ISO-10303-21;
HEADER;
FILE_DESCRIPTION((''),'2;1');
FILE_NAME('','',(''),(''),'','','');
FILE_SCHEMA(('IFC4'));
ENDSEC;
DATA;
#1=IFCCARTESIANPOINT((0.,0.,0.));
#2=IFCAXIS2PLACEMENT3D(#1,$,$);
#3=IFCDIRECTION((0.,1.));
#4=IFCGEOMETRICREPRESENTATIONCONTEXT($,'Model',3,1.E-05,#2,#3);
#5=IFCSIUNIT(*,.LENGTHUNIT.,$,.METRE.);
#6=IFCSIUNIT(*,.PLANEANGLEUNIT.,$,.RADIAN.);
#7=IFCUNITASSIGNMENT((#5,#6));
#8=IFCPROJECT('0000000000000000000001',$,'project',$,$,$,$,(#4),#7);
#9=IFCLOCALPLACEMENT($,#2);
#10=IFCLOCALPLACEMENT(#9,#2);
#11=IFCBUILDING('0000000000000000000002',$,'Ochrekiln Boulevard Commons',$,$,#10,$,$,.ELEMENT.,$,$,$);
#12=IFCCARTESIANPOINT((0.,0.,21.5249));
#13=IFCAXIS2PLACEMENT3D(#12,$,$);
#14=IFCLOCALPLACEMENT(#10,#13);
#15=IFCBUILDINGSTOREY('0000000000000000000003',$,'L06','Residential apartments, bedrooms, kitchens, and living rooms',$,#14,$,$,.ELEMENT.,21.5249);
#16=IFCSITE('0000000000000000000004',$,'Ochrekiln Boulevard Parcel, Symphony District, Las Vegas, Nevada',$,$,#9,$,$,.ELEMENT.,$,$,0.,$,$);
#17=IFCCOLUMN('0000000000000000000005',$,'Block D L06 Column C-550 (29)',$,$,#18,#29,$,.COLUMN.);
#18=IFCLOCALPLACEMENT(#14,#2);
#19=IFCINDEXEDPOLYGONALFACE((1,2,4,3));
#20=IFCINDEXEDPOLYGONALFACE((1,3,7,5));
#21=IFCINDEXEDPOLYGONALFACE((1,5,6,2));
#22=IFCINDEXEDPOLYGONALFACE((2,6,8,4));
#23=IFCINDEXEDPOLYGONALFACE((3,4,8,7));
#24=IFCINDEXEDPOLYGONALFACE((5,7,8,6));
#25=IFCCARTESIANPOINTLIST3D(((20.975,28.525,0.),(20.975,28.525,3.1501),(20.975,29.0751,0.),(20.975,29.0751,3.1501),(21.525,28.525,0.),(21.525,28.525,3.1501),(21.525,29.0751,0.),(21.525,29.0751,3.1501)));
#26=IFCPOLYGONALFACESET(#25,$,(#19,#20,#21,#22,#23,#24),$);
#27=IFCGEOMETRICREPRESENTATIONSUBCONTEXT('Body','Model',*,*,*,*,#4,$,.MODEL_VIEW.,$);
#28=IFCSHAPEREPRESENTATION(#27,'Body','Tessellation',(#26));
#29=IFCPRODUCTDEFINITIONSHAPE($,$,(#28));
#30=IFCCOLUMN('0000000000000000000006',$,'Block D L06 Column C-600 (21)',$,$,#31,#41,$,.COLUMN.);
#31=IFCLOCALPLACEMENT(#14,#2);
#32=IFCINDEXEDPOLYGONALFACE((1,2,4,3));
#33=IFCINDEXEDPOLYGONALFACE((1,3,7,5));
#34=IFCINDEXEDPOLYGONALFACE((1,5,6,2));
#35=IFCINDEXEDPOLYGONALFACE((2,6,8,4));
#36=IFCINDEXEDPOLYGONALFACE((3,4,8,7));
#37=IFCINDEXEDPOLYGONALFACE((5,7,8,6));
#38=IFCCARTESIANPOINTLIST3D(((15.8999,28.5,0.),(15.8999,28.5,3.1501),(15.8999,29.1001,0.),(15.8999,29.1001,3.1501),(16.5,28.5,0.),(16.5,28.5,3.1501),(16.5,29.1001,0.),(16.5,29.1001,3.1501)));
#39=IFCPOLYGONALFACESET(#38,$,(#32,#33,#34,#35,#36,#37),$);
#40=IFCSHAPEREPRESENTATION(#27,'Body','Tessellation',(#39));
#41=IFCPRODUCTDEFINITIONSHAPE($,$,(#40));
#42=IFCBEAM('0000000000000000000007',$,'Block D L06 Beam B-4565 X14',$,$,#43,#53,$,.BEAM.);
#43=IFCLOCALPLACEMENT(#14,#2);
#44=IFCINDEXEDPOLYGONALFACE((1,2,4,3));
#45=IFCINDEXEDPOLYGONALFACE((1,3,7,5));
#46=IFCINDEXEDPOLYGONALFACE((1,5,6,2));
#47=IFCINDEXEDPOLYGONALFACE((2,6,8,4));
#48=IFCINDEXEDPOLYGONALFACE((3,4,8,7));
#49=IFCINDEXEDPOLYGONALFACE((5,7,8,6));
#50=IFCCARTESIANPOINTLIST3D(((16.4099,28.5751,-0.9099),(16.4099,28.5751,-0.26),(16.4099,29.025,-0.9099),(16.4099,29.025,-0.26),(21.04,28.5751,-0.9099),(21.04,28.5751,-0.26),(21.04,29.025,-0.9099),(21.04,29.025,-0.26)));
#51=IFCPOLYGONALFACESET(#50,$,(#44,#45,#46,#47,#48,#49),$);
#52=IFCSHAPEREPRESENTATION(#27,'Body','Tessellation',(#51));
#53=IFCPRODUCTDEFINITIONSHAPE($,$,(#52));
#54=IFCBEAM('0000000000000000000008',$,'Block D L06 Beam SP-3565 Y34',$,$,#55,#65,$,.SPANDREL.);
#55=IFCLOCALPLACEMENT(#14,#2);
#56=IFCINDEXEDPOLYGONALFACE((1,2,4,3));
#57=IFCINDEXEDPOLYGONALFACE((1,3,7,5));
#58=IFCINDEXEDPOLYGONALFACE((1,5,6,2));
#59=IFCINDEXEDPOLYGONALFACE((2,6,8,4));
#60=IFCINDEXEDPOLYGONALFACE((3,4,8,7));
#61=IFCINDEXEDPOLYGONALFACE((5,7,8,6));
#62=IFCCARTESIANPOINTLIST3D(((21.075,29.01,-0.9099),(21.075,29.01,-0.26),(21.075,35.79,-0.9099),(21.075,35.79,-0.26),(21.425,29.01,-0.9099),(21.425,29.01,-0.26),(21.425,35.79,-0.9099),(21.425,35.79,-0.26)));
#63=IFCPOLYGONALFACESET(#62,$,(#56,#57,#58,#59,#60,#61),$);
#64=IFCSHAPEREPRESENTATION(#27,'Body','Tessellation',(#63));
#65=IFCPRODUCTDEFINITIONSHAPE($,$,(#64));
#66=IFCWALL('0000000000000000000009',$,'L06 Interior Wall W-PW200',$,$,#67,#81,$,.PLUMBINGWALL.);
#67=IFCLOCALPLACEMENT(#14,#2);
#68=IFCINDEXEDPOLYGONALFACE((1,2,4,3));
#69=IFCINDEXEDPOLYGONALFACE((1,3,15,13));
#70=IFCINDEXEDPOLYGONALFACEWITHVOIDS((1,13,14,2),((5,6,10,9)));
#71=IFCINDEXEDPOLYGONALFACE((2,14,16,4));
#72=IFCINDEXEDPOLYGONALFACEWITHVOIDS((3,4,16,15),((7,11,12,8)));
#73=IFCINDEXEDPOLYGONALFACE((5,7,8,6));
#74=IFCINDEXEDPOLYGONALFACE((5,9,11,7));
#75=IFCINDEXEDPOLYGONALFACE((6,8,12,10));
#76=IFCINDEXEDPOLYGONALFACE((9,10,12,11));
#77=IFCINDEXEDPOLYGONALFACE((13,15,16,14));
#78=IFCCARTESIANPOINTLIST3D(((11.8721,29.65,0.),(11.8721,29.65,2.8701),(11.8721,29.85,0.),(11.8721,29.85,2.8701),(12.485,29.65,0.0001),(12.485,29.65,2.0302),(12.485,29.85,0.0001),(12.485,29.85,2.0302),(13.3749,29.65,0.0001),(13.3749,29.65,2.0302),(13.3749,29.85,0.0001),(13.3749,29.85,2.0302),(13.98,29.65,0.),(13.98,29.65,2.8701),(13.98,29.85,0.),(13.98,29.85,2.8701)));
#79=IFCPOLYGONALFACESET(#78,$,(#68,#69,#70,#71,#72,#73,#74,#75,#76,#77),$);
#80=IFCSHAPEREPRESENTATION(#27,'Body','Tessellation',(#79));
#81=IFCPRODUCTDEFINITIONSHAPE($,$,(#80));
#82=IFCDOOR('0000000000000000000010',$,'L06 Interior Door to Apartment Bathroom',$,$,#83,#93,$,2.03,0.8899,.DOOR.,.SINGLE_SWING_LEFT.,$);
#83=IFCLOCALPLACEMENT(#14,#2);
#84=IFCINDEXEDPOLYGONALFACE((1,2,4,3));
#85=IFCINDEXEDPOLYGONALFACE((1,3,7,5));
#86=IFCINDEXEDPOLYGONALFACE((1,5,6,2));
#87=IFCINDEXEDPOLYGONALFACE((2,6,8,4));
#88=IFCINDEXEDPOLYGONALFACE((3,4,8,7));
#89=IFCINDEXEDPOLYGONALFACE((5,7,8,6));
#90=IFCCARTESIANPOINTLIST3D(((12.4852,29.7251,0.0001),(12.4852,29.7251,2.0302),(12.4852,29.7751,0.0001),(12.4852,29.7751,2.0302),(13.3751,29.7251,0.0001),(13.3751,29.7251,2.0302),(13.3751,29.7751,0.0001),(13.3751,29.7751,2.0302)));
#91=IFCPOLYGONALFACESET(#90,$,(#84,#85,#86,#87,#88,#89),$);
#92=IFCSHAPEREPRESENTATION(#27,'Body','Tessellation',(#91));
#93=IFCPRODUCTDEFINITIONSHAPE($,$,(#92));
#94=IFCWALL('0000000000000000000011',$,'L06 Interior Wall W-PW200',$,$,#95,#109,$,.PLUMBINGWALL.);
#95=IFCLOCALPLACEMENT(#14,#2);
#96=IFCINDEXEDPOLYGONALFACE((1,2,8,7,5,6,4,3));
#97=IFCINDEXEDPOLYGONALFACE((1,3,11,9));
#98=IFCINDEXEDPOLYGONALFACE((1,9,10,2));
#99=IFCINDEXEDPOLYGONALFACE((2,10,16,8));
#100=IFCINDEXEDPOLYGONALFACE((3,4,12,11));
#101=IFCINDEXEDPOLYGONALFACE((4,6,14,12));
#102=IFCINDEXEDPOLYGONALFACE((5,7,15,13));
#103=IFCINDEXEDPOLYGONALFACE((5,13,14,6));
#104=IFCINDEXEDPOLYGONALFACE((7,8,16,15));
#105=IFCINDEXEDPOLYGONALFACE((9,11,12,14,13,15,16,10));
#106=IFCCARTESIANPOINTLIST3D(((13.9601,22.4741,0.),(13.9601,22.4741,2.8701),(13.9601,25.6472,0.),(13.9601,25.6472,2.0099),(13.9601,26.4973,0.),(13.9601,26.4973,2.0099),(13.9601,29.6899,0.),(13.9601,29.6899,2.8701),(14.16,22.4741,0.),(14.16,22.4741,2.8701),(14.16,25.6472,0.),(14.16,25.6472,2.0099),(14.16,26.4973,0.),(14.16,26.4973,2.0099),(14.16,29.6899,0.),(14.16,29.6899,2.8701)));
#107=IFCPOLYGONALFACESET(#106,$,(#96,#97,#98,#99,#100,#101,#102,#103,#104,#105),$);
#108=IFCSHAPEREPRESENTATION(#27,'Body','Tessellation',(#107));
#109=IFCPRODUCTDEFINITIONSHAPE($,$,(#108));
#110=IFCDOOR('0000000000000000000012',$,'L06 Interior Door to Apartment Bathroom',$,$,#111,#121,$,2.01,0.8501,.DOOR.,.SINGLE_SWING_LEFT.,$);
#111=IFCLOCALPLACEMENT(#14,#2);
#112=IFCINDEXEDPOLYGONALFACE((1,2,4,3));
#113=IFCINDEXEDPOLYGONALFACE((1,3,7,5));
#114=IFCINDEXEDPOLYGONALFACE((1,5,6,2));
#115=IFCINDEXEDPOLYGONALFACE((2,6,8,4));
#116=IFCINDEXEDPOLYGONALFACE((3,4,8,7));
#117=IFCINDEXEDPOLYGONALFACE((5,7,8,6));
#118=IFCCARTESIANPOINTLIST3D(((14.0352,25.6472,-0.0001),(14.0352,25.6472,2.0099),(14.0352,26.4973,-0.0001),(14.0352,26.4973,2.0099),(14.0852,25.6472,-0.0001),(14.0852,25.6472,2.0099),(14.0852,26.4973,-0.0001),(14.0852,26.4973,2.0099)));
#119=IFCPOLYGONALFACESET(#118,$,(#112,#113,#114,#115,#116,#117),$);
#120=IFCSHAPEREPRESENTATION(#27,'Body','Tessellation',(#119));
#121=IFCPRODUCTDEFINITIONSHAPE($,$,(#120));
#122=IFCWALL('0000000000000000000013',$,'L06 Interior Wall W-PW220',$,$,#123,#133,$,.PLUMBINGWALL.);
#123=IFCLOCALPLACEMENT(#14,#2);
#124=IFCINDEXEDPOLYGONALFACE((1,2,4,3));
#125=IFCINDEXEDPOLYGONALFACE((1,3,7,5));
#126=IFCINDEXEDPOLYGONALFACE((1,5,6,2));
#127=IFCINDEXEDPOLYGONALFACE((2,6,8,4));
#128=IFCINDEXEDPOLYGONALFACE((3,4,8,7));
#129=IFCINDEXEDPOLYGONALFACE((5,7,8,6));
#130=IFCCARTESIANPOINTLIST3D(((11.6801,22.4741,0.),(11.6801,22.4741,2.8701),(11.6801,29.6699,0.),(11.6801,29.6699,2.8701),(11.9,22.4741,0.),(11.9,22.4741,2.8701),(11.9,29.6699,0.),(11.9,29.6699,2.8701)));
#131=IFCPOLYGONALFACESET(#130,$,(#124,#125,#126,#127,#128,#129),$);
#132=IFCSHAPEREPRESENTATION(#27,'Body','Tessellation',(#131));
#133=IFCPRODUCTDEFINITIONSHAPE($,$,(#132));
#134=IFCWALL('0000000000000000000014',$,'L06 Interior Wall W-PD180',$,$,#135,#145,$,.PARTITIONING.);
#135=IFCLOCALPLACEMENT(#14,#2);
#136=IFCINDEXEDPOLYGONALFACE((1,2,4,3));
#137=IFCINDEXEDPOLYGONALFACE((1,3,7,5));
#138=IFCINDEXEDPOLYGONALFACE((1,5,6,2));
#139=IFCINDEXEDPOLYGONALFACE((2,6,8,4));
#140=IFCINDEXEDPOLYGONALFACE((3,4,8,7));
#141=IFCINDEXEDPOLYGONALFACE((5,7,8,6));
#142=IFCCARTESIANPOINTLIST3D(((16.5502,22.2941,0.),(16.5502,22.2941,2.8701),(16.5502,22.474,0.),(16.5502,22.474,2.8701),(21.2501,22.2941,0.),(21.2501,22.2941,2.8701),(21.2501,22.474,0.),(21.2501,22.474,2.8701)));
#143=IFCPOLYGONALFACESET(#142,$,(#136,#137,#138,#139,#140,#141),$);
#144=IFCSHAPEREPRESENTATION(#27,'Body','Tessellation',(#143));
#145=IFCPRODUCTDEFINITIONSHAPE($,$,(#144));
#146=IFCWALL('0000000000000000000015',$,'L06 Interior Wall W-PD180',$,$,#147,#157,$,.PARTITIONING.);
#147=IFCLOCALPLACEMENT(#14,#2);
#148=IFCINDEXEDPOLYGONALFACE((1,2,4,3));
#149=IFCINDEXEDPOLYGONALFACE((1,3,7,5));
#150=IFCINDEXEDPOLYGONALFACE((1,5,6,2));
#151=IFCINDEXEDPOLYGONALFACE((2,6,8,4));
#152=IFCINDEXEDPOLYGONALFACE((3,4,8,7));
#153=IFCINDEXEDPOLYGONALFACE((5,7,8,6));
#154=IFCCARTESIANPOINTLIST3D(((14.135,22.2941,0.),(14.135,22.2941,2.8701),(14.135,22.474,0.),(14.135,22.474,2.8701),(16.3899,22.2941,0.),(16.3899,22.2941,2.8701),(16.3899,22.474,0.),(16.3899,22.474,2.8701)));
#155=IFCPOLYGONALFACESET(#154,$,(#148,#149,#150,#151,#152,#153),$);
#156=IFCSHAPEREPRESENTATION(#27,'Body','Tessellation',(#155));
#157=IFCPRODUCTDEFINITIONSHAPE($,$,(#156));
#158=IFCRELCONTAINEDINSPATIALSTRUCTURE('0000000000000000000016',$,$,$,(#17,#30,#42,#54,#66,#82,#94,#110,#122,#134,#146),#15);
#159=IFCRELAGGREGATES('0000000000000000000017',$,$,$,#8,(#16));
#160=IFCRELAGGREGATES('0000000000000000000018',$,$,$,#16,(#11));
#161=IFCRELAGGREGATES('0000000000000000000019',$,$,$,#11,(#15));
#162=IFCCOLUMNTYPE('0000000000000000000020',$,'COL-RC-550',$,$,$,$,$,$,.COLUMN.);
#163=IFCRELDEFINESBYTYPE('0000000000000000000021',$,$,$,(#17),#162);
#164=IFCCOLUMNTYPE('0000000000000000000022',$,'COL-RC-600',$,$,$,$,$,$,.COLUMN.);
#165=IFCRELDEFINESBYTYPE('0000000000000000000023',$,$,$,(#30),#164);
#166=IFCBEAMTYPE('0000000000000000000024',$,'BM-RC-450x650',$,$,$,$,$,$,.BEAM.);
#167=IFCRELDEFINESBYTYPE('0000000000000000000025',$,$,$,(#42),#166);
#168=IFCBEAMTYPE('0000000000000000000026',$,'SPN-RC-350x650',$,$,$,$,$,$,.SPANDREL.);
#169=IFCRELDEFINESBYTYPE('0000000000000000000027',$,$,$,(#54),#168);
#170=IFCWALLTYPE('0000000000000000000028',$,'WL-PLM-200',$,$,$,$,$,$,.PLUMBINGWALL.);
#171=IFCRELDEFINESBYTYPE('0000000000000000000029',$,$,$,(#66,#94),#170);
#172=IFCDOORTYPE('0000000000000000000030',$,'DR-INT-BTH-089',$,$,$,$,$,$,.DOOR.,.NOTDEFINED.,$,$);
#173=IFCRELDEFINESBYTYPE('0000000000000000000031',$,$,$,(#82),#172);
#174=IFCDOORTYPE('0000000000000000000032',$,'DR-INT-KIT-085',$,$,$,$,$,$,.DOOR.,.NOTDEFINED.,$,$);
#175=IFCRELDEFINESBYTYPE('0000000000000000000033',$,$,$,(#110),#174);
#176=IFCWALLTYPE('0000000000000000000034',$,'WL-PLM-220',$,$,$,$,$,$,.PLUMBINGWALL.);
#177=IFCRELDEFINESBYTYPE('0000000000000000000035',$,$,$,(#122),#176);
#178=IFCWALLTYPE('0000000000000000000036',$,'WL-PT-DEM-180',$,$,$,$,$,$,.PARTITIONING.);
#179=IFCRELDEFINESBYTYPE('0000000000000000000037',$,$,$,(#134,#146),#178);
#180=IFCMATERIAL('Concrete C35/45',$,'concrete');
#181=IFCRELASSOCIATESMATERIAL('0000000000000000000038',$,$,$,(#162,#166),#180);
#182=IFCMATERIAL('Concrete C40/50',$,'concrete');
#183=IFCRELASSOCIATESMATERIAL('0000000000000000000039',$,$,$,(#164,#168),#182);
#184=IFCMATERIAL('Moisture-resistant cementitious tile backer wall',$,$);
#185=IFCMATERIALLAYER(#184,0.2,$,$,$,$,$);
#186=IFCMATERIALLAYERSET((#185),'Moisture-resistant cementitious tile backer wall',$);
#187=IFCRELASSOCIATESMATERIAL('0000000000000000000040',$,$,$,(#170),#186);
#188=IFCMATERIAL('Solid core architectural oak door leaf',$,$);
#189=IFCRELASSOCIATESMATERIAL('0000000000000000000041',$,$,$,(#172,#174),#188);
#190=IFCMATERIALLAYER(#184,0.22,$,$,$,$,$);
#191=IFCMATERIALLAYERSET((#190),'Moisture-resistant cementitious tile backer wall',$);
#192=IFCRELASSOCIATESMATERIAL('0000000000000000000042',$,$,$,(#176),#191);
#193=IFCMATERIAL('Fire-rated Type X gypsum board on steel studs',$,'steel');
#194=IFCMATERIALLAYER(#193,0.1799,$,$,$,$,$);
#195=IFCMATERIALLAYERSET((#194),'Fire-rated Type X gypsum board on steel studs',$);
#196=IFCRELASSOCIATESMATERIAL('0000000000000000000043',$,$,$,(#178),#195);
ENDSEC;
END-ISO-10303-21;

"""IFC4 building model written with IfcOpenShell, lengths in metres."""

from ifc_helpers import new_model, si_unit, direction, frame, frame_2d, origin, origin_2d, place, context, subcontext, project, spatial, rectangle, extrude, material, layer, layer_set, material_profile, profile_set, type_object, element, fill, save


model = new_model("IFC4")

# Units and contexts
model_context = context("Model", 3, precision=1e-05, world=origin(), true_north=direction((0.0, 1.0)))
body_context = subcontext(model_context, "Body", "Model", "MODEL_VIEW")
ifc_project = project(units=[si_unit("LENGTHUNIT", "METRE"), si_unit("PLANEANGLEUNIT", "RADIAN")], contexts=[model_context])

# Site, building, storey
site_placement = place(None, origin())
site = spatial("IfcSite", under=ifc_project, at=site_placement, Name="Ochrekiln Boulevard Parcel, Symphony District, Las Vegas, Nevada", CompositionType="ELEMENT", RefElevation=0.0)
building_placement = place(site_placement, origin())
building = spatial("IfcBuilding", under=site, at=building_placement, Name="Ochrekiln Boulevard Commons", CompositionType="ELEMENT")
storey_placement = place(building_placement, frame((0.0, 0.0, 21.5249)))
storey = spatial("IfcBuildingStorey", under=building, at=storey_placement, Name="L06", Description="Residential apartments, bedrooms, kitchens, and living rooms", CompositionType="ELEMENT", Elevation=21.5249)

# Columns
ifc_material_1 = material(Name="Concrete C35/45", Category="concrete")
ifc_material_profile_1 = material_profile(ifc_material_1, rectangle(XDim=0.55, YDim=0.55, at=origin_2d()), Name="RC-COL-550x550")
ifc_profile_set_1 = profile_set([ifc_material_profile_1], Name="Concrete C35/45")
column_type_1 = type_object("IfcColumnType", Name="COL-RC-550", PredefinedType="COLUMN", material=ifc_profile_set_1)
column_1_placement = place(storey_placement, frame((21.25, 28.8, 0.0), z_axis=(0.0, 0.0, 1.0), x_axis=(1.0, 0.0, 0.0)))
element("IfcColumn", 1, at=column_1_placement, inside=storey, type_object=column_type_1, Name="Block D L06 Column C-550 (29)", PredefinedType="COLUMN", context=body_context, shape_type="SweptSolid", body=[
    extrude(rectangle(XDim=0.55, YDim=0.55, at=origin_2d()), origin(), (0.0, 0.0, 1.0), 3.1501),
])
ifc_material_2 = material(Name="Concrete C40/50", Category="concrete")
ifc_material_profile_2 = material_profile(ifc_material_2, rectangle(XDim=0.6001, YDim=0.6001, at=origin_2d()), Name="RC-COL-600x600")
ifc_profile_set_2 = profile_set([ifc_material_profile_2], Name="Concrete C40/50")
column_type_2 = type_object("IfcColumnType", Name="COL-RC-600", PredefinedType="COLUMN", material=ifc_profile_set_2)
column_2_placement = place(storey_placement, frame((16.2, 28.8, 0.0), z_axis=(0.0, 0.0, 1.0), x_axis=(1.0, 0.0, 0.0)))
element("IfcColumn", 2, at=column_2_placement, inside=storey, type_object=column_type_2, Name="Block D L06 Column C-600 (21)", PredefinedType="COLUMN", context=body_context, shape_type="SweptSolid", body=[
    extrude(rectangle(XDim=0.6001, YDim=0.6001, at=origin_2d()), origin(), (0.0, 0.0, 1.0), 3.1501),
])

# Beams
ifc_material_profile_3 = material_profile(ifc_material_1, rectangle(XDim=0.45, YDim=0.6499, at=origin_2d()), Name="RC-BM-450x650")
ifc_profile_set_3 = profile_set([ifc_material_profile_3], Name="Concrete C35/45")
beam_type_1 = type_object("IfcBeamType", Name="BM-RC-450x650", PredefinedType="BEAM", material=ifc_profile_set_3)
beam_1_placement = place(storey_placement, frame((16.4099, 28.8, -0.585), z_axis=(1.0, 0.0, 0.0), x_axis=(0.0, 1.0, 0.0)))
element("IfcBeam", 3, at=beam_1_placement, inside=storey, type_object=beam_type_1, Name="Block D L06 Beam B-4565 X14", PredefinedType="BEAM", context=body_context, shape_type="SweptSolid", body=[
    extrude(rectangle(XDim=0.45, YDim=0.6499, at=origin_2d()), origin(), (0.0, 0.0, 1.0), 4.6301),
])
ifc_material_profile_4 = material_profile(ifc_material_2, rectangle(XDim=0.3501, YDim=0.6499, at=origin_2d()), Name="RC-SPN-350x650")
ifc_profile_set_4 = profile_set([ifc_material_profile_4], Name="Concrete C40/50")
beam_type_2 = type_object("IfcBeamType", Name="SPN-RC-350x650", PredefinedType="SPANDREL", material=ifc_profile_set_4)
beam_2_placement = place(storey_placement, frame((21.25, 29.01, -0.585), z_axis=(0.0, 1.0, 0.0), x_axis=(-1.0, 0.0, 0.0)))
element("IfcBeam", 4, at=beam_2_placement, inside=storey, type_object=beam_type_2, Name="Block D L06 Beam SP-3565 Y34", PredefinedType="SPANDREL", context=body_context, shape_type="SweptSolid", body=[
    extrude(rectangle(XDim=0.3501, YDim=0.6499, at=origin_2d()), origin(), (0.0, 0.0, 1.0), 6.78),
])

# Walls, openings, doors
ifc_material_3 = material(Name="Moisture-resistant cementitious tile backer wall")
ifc_layer_1 = layer(ifc_material_3, 0.2)
ifc_layer_set_1 = layer_set([ifc_layer_1], Name="Moisture-resistant cementitious tile backer wall")
wall_type_1 = type_object("IfcWallType", Name="WL-PLM-200", PredefinedType="PLUMBINGWALL", material=ifc_layer_set_1)
wall_1_placement = place(storey_placement, frame((11.8721, 29.75, 0.0), z_axis=(0.0, 0.0, 1.0), x_axis=(1.0, 0.0, 0.0)))
wall_1 = element("IfcWall", 5, at=wall_1_placement, inside=storey, type_object=wall_type_1, Name="L06 Interior Wall W-PW200", PredefinedType="PLUMBINGWALL", context=body_context, shape_type="SweptSolid", body=[
    extrude(rectangle(XDim=2.1079, YDim=0.2, at=frame_2d((1.054, 0.0))), origin(), (0.0, 0.0, 1.0), 2.8701),
])
opening_1_placement = place(wall_1_placement, frame((0.613, 0.0, 0.0)))
opening_1 = element("IfcOpeningElement", 6, at=opening_1_placement, cuts=wall_1, PredefinedType="OPENING", context=body_context, shape_type="SweptSolid", body=[
    extrude(rectangle(XDim=0.8899, YDim=2.03, at=frame_2d((0.4448, 1.0151))), frame((0.0, 0.1099, 0.0), z_axis=(0.0, -1.0, 0.0), x_axis=(1.0, 0.0, 0.0)), (0.0, 0.0, 1.0), 0.22),
])
ifc_material_4 = material(Name="Solid core architectural oak door leaf")
door_type_1 = type_object("IfcDoorType", Name="DR-INT-BTH-089", OperationType="NOTDEFINED", PredefinedType="DOOR", material=ifc_material_4)
door_1_placement = place(opening_1_placement, frame((0.8899, 0.0, 0.0), z_axis=(0.0, 0.0, 1.0), x_axis=(-1.0, 0.0, 0.0)))
door_1 = element("IfcDoor", 7, at=door_1_placement, inside=storey, type_object=door_type_1, Name="L06 Interior Door to Apartment Bathroom", OperationType="SINGLE_SWING_LEFT", OverallHeight=2.03, OverallWidth=0.8899, PredefinedType="DOOR", context=body_context, shape_type="SweptSolid", body=[
    extrude(rectangle(XDim=0.8899, YDim=2.03, at=frame_2d((0.4448, 1.0151))), frame((0.0, 0.0249, 0.0), z_axis=(0.0, -1.0, 0.0), x_axis=(1.0, 0.0, 0.0)), (0.0, 0.0, 1.0), 0.05),
])
fill(opening_1, door_1)
wall_2_placement = place(storey_placement, frame((14.0601, 22.4741, 0.0), z_axis=(0.0, 0.0, 1.0), x_axis=(0.0, 1.0, 0.0)))
wall_2 = element("IfcWall", 8, at=wall_2_placement, inside=storey, type_object=wall_type_1, Name="L06 Interior Wall W-PW200", PredefinedType="PLUMBINGWALL", context=body_context, shape_type="SweptSolid", body=[
    extrude(rectangle(XDim=7.2158, YDim=0.2, at=frame_2d((3.6079, 0.0))), origin(), (0.0, 0.0, 1.0), 2.8701),
])
opening_2_placement = place(wall_2_placement, frame((3.1731, 0.0, 0.0)))
opening_2 = element("IfcOpeningElement", 9, at=opening_2_placement, cuts=wall_2, PredefinedType="OPENING", context=body_context, shape_type="SweptSolid", body=[
    extrude(rectangle(XDim=0.8501, YDim=2.01, at=frame_2d((0.425, 1.0049))), frame((0.0, 0.1099, 0.0), z_axis=(0.0, -1.0, 0.0), x_axis=(1.0, 0.0, 0.0)), (0.0, 0.0, 1.0), 0.22),
])
door_type_2 = type_object("IfcDoorType", Name="DR-INT-KIT-085", OperationType="NOTDEFINED", PredefinedType="DOOR", material=ifc_material_4)
door_2_placement = place(opening_2_placement, origin())
door_2 = element("IfcDoor", 10, at=door_2_placement, inside=storey, type_object=door_type_2, Name="L06 Interior Door to Apartment Bathroom", OperationType="SINGLE_SWING_LEFT", OverallHeight=2.01, OverallWidth=0.8501, PredefinedType="DOOR", context=body_context, shape_type="SweptSolid", body=[
    extrude(rectangle(XDim=0.8501, YDim=2.01, at=frame_2d((0.425, 1.0049))), frame((0.0, 0.0249, 0.0), z_axis=(0.0, -1.0, 0.0), x_axis=(1.0, 0.0, 0.0)), (0.0, 0.0, 1.0), 0.05),
])
fill(opening_2, door_2)

# Walls
ifc_layer_2 = layer(ifc_material_3, 0.22)
ifc_layer_set_2 = layer_set([ifc_layer_2], Name="Moisture-resistant cementitious tile backer wall")
wall_type_2 = type_object("IfcWallType", Name="WL-PLM-220", PredefinedType="PLUMBINGWALL", material=ifc_layer_set_2)
wall_3_placement = place(storey_placement, frame((11.79, 22.4741, 0.0), z_axis=(0.0, 0.0, 1.0), x_axis=(0.0, 1.0, 0.0)))
element("IfcWall", 11, at=wall_3_placement, inside=storey, type_object=wall_type_2, Name="L06 Interior Wall W-PW220", PredefinedType="PLUMBINGWALL", context=body_context, shape_type="SweptSolid", body=[
    extrude(rectangle(XDim=7.1958, YDim=0.22, at=frame_2d((3.5979, 0.0))), origin(), (0.0, 0.0, 1.0), 2.8701),
])
ifc_material_5 = material(Name="Fire-rated Type X gypsum board on steel studs", Category="steel")
ifc_layer_3 = layer(ifc_material_5, 0.1799)
ifc_layer_set_3 = layer_set([ifc_layer_3], Name="Fire-rated Type X gypsum board on steel studs")
wall_type_3 = type_object("IfcWallType", Name="WL-PT-DEM-180", PredefinedType="PARTITIONING", material=ifc_layer_set_3)
wall_4_placement = place(storey_placement, frame((16.55, 22.384, 0.0), z_axis=(0.0, 0.0, 1.0), x_axis=(1.0, 0.0, 0.0)))
element("IfcWall", 12, at=wall_4_placement, inside=storey, type_object=wall_type_3, Name="L06 Interior Wall W-PD180", PredefinedType="PARTITIONING", context=body_context, shape_type="SweptSolid", body=[
    extrude(rectangle(XDim=4.7, YDim=0.1799, at=frame_2d((2.3501, 0.0))), origin(), (0.0, 0.0, 1.0), 2.8701),
])
wall_5_placement = place(storey_placement, frame((14.135, 22.384, 0.0), z_axis=(0.0, 0.0, 1.0), x_axis=(1.0, 0.0, 0.0)))
element("IfcWall", 13, at=wall_5_placement, inside=storey, type_object=wall_type_3, Name="L06 Interior Wall W-PD180", PredefinedType="PARTITIONING", context=body_context, shape_type="SweptSolid", body=[
    extrude(rectangle(XDim=2.2549, YDim=0.1799, at=frame_2d((1.1274, 0.0))), origin(), (0.0, 0.0, 1.0), 2.8701),
])

save(model, "model.ifc")
